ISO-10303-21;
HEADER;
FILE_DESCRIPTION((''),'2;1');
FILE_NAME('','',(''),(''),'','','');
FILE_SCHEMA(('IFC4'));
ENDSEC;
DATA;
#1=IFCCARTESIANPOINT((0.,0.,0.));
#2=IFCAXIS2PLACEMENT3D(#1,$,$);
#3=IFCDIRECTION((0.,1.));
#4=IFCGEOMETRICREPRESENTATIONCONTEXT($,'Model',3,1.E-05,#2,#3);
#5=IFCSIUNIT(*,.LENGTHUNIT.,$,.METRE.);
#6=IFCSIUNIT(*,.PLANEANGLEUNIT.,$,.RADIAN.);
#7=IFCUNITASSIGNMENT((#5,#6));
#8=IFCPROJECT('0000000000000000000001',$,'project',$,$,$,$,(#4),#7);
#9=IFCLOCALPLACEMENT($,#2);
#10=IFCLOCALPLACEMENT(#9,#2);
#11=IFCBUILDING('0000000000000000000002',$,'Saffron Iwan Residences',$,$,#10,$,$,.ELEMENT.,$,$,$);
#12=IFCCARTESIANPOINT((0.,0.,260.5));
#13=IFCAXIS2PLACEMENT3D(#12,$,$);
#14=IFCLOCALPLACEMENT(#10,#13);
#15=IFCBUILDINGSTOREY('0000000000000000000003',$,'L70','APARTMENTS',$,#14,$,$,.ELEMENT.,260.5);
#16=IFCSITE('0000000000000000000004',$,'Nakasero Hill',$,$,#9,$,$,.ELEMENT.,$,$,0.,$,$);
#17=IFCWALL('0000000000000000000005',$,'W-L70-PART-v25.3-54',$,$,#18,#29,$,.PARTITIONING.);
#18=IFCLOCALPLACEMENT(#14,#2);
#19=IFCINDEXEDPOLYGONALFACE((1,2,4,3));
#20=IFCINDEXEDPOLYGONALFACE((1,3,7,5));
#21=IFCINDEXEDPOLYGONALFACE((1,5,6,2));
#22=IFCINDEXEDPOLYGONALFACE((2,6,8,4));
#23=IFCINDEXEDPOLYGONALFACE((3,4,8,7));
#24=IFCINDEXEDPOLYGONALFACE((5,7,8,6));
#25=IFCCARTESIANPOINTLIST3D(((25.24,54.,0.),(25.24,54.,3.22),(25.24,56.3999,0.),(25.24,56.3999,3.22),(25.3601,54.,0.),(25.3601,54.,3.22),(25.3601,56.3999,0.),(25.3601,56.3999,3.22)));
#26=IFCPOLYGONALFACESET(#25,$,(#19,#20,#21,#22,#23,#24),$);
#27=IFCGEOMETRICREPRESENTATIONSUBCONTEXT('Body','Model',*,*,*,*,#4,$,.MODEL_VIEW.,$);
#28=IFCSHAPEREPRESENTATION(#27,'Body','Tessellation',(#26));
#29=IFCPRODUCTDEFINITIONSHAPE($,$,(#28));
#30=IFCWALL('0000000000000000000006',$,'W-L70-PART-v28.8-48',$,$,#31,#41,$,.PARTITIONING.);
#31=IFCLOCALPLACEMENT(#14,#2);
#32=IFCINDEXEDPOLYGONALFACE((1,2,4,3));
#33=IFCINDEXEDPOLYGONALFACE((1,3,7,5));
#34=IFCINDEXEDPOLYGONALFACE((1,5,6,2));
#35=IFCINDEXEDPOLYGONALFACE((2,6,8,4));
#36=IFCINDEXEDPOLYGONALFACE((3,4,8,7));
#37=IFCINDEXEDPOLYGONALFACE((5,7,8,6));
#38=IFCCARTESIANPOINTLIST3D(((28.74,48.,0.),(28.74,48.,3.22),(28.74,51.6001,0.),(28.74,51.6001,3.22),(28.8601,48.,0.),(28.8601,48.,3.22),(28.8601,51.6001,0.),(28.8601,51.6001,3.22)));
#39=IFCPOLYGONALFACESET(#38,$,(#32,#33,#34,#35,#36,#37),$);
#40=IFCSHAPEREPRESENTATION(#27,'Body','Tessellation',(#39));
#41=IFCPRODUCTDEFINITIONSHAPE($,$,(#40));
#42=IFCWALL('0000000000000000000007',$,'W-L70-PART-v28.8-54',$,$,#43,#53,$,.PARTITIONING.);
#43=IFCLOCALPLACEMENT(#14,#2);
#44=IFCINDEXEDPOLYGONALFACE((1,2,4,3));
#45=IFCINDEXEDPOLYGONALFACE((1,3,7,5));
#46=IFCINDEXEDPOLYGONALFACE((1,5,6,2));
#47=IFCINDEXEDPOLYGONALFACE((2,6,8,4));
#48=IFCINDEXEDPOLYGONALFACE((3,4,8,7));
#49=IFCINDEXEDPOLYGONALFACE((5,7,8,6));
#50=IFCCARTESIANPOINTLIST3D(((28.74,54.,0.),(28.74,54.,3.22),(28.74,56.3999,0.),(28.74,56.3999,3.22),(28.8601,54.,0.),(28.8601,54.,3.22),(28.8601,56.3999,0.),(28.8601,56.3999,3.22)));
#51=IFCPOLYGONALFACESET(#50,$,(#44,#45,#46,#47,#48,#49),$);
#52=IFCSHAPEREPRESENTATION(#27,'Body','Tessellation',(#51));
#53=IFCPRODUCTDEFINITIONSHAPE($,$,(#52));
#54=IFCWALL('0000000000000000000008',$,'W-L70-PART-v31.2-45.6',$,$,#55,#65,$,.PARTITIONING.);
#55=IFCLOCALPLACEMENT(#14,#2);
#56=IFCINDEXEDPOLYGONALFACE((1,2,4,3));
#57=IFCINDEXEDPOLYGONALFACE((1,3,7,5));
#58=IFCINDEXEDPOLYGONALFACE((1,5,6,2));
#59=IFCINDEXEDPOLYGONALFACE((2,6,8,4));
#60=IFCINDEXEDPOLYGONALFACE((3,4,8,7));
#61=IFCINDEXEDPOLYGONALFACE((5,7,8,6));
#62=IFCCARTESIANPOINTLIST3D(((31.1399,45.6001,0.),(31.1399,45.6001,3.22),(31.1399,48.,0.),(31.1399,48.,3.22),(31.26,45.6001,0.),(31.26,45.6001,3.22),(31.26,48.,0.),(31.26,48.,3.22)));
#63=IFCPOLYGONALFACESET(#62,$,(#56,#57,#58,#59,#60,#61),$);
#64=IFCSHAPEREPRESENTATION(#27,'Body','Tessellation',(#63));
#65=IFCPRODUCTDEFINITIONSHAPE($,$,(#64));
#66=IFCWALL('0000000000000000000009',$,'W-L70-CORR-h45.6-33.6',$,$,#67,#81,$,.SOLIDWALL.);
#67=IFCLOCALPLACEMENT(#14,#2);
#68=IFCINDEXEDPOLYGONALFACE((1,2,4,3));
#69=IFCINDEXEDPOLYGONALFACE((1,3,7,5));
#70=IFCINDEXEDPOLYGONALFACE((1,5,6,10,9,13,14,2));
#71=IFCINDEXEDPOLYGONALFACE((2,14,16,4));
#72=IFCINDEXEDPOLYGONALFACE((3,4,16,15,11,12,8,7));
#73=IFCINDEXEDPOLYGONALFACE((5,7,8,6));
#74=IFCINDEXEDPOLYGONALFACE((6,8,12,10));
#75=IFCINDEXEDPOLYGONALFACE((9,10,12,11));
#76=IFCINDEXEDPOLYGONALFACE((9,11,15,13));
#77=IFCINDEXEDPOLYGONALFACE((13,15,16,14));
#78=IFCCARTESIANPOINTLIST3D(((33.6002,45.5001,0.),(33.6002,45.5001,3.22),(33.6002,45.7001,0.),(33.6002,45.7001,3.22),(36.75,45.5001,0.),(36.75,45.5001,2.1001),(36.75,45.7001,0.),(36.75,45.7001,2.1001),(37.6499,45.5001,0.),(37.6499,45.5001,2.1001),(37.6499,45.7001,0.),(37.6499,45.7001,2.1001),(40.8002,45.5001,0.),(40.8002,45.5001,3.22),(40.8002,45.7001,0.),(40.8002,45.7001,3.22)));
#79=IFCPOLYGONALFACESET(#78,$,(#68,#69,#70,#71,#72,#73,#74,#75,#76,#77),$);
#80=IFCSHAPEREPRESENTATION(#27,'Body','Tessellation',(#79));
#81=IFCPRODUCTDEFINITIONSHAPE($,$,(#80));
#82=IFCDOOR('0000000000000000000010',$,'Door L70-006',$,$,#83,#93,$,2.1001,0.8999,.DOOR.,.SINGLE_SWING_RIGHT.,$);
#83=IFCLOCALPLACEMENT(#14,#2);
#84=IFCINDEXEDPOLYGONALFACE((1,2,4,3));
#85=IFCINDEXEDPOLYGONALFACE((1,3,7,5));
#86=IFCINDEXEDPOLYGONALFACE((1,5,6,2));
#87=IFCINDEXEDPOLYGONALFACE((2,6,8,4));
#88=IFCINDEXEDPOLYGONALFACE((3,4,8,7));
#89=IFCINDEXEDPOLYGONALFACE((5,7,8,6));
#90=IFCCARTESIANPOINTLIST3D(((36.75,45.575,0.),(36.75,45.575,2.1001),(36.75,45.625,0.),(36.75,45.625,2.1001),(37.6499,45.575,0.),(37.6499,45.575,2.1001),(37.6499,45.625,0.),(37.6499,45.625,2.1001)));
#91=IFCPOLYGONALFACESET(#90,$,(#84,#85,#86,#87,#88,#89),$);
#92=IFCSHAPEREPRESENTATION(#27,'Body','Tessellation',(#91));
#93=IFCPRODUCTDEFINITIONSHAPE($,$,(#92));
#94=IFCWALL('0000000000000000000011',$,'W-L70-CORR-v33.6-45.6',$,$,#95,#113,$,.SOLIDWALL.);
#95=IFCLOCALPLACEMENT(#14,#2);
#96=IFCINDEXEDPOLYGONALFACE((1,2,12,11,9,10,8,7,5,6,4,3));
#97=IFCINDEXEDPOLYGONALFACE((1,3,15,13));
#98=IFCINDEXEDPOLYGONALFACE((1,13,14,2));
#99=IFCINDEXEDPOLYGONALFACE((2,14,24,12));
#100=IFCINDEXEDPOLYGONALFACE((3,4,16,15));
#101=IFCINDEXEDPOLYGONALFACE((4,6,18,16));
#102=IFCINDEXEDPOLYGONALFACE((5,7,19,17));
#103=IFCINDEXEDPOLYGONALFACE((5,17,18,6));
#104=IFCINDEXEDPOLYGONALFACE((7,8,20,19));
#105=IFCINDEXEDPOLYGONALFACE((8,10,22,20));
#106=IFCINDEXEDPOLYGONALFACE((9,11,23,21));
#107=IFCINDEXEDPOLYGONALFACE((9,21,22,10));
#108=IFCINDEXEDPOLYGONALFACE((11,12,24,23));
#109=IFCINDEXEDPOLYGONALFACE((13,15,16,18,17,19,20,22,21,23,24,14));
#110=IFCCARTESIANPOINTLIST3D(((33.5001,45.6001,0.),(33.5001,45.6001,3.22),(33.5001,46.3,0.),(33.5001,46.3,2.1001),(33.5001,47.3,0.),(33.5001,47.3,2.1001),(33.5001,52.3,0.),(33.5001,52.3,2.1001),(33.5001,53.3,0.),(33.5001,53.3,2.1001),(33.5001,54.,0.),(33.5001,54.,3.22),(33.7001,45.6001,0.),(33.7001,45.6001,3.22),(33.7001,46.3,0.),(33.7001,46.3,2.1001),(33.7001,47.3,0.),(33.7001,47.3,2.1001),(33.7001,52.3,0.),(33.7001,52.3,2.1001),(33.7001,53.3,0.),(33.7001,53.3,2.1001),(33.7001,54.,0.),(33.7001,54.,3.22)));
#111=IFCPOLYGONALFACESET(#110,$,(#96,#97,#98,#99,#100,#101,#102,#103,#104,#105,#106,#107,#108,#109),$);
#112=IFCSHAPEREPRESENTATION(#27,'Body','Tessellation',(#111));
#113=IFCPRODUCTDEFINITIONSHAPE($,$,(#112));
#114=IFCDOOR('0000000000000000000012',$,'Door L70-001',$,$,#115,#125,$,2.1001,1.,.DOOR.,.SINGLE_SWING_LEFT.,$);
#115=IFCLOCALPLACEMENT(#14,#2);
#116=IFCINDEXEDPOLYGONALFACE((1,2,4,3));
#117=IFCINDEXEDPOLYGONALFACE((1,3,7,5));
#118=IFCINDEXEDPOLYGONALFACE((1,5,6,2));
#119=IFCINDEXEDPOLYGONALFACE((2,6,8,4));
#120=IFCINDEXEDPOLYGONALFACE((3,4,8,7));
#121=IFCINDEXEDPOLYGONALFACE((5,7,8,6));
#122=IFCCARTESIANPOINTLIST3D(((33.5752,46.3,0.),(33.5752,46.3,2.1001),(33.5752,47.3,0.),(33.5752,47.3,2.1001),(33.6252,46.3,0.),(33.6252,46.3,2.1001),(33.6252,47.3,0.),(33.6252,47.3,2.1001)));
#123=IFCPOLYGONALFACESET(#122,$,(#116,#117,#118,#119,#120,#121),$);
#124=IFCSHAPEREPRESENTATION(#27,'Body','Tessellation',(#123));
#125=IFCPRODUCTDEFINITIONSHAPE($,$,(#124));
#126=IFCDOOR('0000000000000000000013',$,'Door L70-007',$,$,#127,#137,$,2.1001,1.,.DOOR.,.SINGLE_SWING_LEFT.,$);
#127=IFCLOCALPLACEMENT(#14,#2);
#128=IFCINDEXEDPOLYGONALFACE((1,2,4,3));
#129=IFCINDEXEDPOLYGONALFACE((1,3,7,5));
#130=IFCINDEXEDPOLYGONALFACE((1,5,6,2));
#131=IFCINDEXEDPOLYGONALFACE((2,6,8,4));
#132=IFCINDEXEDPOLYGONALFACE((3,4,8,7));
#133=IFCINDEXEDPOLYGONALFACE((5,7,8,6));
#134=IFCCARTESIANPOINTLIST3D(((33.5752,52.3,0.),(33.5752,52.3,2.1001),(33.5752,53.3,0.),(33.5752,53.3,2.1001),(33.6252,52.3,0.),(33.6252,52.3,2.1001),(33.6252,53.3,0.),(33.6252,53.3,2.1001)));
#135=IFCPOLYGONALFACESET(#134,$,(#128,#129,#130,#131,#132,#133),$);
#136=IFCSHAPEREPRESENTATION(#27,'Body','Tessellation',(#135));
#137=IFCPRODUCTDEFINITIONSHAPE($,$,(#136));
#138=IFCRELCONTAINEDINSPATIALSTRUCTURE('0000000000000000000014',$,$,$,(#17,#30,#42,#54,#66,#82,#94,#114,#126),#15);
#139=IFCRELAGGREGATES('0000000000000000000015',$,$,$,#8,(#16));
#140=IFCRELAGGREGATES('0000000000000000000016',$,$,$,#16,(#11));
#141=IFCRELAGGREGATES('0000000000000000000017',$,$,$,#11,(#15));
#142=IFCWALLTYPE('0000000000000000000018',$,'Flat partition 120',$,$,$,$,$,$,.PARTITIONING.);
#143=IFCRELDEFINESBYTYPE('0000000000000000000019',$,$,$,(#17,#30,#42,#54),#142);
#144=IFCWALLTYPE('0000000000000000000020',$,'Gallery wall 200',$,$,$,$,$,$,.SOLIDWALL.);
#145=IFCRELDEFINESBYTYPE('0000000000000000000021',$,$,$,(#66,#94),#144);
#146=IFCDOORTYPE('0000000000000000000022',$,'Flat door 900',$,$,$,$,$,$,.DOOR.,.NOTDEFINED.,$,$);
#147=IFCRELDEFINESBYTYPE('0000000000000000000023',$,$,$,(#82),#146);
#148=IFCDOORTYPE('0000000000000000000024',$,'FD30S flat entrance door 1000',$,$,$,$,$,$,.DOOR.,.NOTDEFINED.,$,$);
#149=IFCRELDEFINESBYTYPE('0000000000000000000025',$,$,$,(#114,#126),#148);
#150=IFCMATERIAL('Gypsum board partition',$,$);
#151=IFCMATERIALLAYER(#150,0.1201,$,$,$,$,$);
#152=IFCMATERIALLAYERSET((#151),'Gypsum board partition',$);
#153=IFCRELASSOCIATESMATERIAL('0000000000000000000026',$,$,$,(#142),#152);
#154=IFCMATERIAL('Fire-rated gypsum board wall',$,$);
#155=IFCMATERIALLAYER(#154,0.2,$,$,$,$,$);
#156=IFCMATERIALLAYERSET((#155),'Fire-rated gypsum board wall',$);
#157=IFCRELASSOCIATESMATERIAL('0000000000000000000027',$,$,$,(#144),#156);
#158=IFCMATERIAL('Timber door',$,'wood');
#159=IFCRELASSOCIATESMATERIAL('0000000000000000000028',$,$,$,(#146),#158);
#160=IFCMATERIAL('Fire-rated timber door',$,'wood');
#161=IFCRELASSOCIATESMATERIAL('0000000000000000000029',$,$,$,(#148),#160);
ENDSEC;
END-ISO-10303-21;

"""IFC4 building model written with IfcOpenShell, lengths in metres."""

from ifc_helpers import new_model, si_unit, direction, frame, frame_2d, origin, place, context, subcontext, project, spatial, rectangle, extrude, material, layer, layer_set, type_object, element, fill, save


model = new_model("IFC4")

# Units and contexts
model_context = context("Model", 3, precision=1e-05, world=origin(), true_north=direction((0.0, 1.0)))
body_context = subcontext(model_context, "Body", "Model", "MODEL_VIEW")
ifc_project = project(units=[si_unit("LENGTHUNIT", "METRE"), si_unit("PLANEANGLEUNIT", "RADIAN")], contexts=[model_context])

# Site, building, storey
site_placement = place(None, origin())
site = spatial("IfcSite", under=ifc_project, at=site_placement, Name="Nakasero Hill", CompositionType="ELEMENT", RefElevation=0.0)
building_placement = place(site_placement, origin())
building = spatial("IfcBuilding", under=site, at=building_placement, Name="Saffron Iwan Residences", CompositionType="ELEMENT")
storey_placement = place(building_placement, frame((0.0, 0.0, 260.5)))
storey = spatial("IfcBuildingStorey", under=building, at=storey_placement, Name="L70", Description="APARTMENTS", CompositionType="ELEMENT", Elevation=260.5)

# Walls
ifc_material_1 = material(Name="Gypsum board partition")
ifc_layer_1 = layer(ifc_material_1, 0.1201)
ifc_layer_set_1 = layer_set([ifc_layer_1], Name="Gypsum board partition")
wall_type_1 = type_object("IfcWallType", Name="Flat partition 120", PredefinedType="PARTITIONING", material=ifc_layer_set_1)
wall_1_placement = place(storey_placement, frame((25.3, 54.0, 0.0), z_axis=(0.0, 0.0, 1.0), x_axis=(0.0, 1.0, 0.0)))
element("IfcWall", 1, at=wall_1_placement, inside=storey, type_object=wall_type_1, Name="W-L70-PART-v25.3-54", PredefinedType="PARTITIONING", context=body_context, shape_type="SweptSolid", body=[
    extrude(rectangle(XDim=2.3999, YDim=0.1201, at=frame_2d((1.2, 0.0))), origin(), (0.0, 0.0, 1.0), 3.22),
])
wall_2_placement = place(storey_placement, frame((28.8, 48.0, 0.0), z_axis=(0.0, 0.0, 1.0), x_axis=(0.0, 1.0, 0.0)))
element("IfcWall", 2, at=wall_2_placement, inside=storey, type_object=wall_type_1, Name="W-L70-PART-v28.8-48", PredefinedType="PARTITIONING", context=body_context, shape_type="SweptSolid", body=[
    extrude(rectangle(XDim=3.6001, YDim=0.1201, at=frame_2d((1.8, 0.0))), origin(), (0.0, 0.0, 1.0), 3.22),
])
for number, where, z_axis, x_axis, name in (
    (3, (28.8, 54.0, 0.0), (0.0, 0.0, 1.0), (0.0, 1.0, 0.0), "W-L70-PART-v28.8-54"),
    (4, (31.2, 45.6001, 0.0), (0.0, 0.0, 1.0), (0.0, 1.0, 0.0), "W-L70-PART-v31.2-45.6"),
):
    element("IfcWall", number, at=place(storey_placement, frame(where, z_axis=z_axis, x_axis=x_axis)), inside=storey, type_object=wall_type_1, Name=name, PredefinedType="PARTITIONING", context=body_context, shape_type="SweptSolid", body=[
        extrude(rectangle(XDim=2.3999, YDim=0.1201, at=frame_2d((1.2, 0.0))), origin(), (0.0, 0.0, 1.0), 3.22),
    ])

# Wall, opening, door
ifc_material_2 = material(Name="Fire-rated gypsum board wall")
ifc_layer_2 = layer(ifc_material_2, 0.2)
ifc_layer_set_2 = layer_set([ifc_layer_2], Name="Fire-rated gypsum board wall")
wall_type_2 = type_object("IfcWallType", Name="Gallery wall 200", PredefinedType="SOLIDWALL", material=ifc_layer_set_2)
wall_3_placement = place(storey_placement, frame((33.6001, 45.6001, 0.0), z_axis=(0.0, 0.0, 1.0), x_axis=(1.0, 0.0, 0.0)))
wall_3 = element("IfcWall", 5, at=wall_3_placement, inside=storey, type_object=wall_type_2, Name="W-L70-CORR-h45.6-33.6", PredefinedType="SOLIDWALL", context=body_context, shape_type="SweptSolid", body=[
    extrude(rectangle(XDim=7.2, YDim=0.2, at=frame_2d((3.6001, 0.0))), origin(), (0.0, 0.0, 1.0), 3.22),
])
opening_1_placement = place(wall_3_placement, frame((3.1499, 0.0, 0.0)))
opening_1 = element("IfcOpeningElement", 6, at=opening_1_placement, cuts=wall_3, PredefinedType="OPENING", context=body_context, shape_type="SweptSolid", body=[
    extrude(rectangle(XDim=0.8999, YDim=2.1001, at=frame_2d((0.45, 1.05))), frame((0.0, 0.1099, 0.0), z_axis=(0.0, -1.0, 0.0), x_axis=(1.0, 0.0, 0.0)), (0.0, 0.0, 1.0), 0.22),
])
ifc_material_3 = material(Name="Timber door", Category="wood")
door_type_1 = type_object("IfcDoorType", Name="Flat door 900", OperationType="NOTDEFINED", PredefinedType="DOOR", material=ifc_material_3)
door_1_placement = place(opening_1_placement, origin())
door_1 = element("IfcDoor", 7, at=door_1_placement, inside=storey, type_object=door_type_1, Name="Door L70-006", OperationType="SINGLE_SWING_RIGHT", OverallHeight=2.1001, OverallWidth=0.8999, PredefinedType="DOOR", context=body_context, shape_type="SweptSolid", body=[
    extrude(rectangle(XDim=0.8999, YDim=2.1001, at=frame_2d((0.45, 1.05))), frame((0.0, 0.0249, 0.0), z_axis=(0.0, -1.0, 0.0), x_axis=(1.0, 0.0, 0.0)), (0.0, 0.0, 1.0), 0.05),
])
fill(opening_1, door_1)

# Wall, openings, doors
wall_4_placement = place(storey_placement, frame((33.6001, 45.6001, 0.0), z_axis=(0.0, 0.0, 1.0), x_axis=(0.0, 1.0, 0.0)))
wall_4 = element("IfcWall", 8, at=wall_4_placement, inside=storey, type_object=wall_type_2, Name="W-L70-CORR-v33.6-45.6", PredefinedType="SOLIDWALL", context=body_context, shape_type="SweptSolid", body=[
    extrude(rectangle(XDim=8.3999, YDim=0.2, at=frame_2d((4.2, 0.0))), origin(), (0.0, 0.0, 1.0), 3.22),
])
opening_2_placement = place(wall_4_placement, frame((0.7, 0.0, 0.0)))
opening_2 = element("IfcOpeningElement", 9, at=opening_2_placement, cuts=wall_4, PredefinedType="OPENING", context=body_context, shape_type="SweptSolid", body=[
    extrude(rectangle(XDim=1.0, YDim=2.1001, at=frame_2d((0.5, 1.05))), frame((0.0, 0.1099, 0.0), z_axis=(0.0, -1.0, 0.0), x_axis=(1.0, 0.0, 0.0)), (0.0, 0.0, 1.0), 0.22),
])
opening_3_placement = place(wall_4_placement, frame((6.7, 0.0, 0.0)))
opening_3 = element("IfcOpeningElement", 10, at=opening_3_placement, cuts=wall_4, PredefinedType="OPENING", context=body_context, shape_type="SweptSolid", body=[
    extrude(rectangle(XDim=1.0, YDim=2.1001, at=frame_2d((0.5, 1.05))), frame((0.0, 0.1099, 0.0), z_axis=(0.0, -1.0, 0.0), x_axis=(1.0, 0.0, 0.0)), (0.0, 0.0, 1.0), 0.22),
])
ifc_material_4 = material(Name="Fire-rated timber door", Category="wood")
door_type_2 = type_object("IfcDoorType", Name="FD30S flat entrance door 1000", OperationType="NOTDEFINED", PredefinedType="DOOR", material=ifc_material_4)
door_2_placement = place(opening_2_placement, origin())
door_2 = element("IfcDoor", 11, at=door_2_placement, inside=storey, type_object=door_type_2, Name="Door L70-001", OperationType="SINGLE_SWING_LEFT", OverallHeight=2.1001, OverallWidth=1.0, PredefinedType="DOOR", context=body_context, shape_type="SweptSolid", body=[
    extrude(rectangle(XDim=1.0, YDim=2.1001, at=frame_2d((0.5, 1.05))), frame((0.0, 0.0249, 0.0), z_axis=(0.0, -1.0, 0.0), x_axis=(1.0, 0.0, 0.0)), (0.0, 0.0, 1.0), 0.05),
])
fill(opening_2, door_2)
door_3_placement = place(opening_3_placement, origin())
door_3 = element("IfcDoor", 12, at=door_3_placement, inside=storey, type_object=door_type_2, Name="Door L70-007", OperationType="SINGLE_SWING_LEFT", OverallHeight=2.1001, OverallWidth=1.0, PredefinedType="DOOR", context=body_context, shape_type="SweptSolid", body=[
    extrude(rectangle(XDim=1.0, YDim=2.1001, at=frame_2d((0.5, 1.05))), frame((0.0, 0.0249, 0.0), z_axis=(0.0, -1.0, 0.0), x_axis=(1.0, 0.0, 0.0)), (0.0, 0.0, 1.0), 0.05),
])
fill(opening_3, door_3)

save(model, "model.ifc")
